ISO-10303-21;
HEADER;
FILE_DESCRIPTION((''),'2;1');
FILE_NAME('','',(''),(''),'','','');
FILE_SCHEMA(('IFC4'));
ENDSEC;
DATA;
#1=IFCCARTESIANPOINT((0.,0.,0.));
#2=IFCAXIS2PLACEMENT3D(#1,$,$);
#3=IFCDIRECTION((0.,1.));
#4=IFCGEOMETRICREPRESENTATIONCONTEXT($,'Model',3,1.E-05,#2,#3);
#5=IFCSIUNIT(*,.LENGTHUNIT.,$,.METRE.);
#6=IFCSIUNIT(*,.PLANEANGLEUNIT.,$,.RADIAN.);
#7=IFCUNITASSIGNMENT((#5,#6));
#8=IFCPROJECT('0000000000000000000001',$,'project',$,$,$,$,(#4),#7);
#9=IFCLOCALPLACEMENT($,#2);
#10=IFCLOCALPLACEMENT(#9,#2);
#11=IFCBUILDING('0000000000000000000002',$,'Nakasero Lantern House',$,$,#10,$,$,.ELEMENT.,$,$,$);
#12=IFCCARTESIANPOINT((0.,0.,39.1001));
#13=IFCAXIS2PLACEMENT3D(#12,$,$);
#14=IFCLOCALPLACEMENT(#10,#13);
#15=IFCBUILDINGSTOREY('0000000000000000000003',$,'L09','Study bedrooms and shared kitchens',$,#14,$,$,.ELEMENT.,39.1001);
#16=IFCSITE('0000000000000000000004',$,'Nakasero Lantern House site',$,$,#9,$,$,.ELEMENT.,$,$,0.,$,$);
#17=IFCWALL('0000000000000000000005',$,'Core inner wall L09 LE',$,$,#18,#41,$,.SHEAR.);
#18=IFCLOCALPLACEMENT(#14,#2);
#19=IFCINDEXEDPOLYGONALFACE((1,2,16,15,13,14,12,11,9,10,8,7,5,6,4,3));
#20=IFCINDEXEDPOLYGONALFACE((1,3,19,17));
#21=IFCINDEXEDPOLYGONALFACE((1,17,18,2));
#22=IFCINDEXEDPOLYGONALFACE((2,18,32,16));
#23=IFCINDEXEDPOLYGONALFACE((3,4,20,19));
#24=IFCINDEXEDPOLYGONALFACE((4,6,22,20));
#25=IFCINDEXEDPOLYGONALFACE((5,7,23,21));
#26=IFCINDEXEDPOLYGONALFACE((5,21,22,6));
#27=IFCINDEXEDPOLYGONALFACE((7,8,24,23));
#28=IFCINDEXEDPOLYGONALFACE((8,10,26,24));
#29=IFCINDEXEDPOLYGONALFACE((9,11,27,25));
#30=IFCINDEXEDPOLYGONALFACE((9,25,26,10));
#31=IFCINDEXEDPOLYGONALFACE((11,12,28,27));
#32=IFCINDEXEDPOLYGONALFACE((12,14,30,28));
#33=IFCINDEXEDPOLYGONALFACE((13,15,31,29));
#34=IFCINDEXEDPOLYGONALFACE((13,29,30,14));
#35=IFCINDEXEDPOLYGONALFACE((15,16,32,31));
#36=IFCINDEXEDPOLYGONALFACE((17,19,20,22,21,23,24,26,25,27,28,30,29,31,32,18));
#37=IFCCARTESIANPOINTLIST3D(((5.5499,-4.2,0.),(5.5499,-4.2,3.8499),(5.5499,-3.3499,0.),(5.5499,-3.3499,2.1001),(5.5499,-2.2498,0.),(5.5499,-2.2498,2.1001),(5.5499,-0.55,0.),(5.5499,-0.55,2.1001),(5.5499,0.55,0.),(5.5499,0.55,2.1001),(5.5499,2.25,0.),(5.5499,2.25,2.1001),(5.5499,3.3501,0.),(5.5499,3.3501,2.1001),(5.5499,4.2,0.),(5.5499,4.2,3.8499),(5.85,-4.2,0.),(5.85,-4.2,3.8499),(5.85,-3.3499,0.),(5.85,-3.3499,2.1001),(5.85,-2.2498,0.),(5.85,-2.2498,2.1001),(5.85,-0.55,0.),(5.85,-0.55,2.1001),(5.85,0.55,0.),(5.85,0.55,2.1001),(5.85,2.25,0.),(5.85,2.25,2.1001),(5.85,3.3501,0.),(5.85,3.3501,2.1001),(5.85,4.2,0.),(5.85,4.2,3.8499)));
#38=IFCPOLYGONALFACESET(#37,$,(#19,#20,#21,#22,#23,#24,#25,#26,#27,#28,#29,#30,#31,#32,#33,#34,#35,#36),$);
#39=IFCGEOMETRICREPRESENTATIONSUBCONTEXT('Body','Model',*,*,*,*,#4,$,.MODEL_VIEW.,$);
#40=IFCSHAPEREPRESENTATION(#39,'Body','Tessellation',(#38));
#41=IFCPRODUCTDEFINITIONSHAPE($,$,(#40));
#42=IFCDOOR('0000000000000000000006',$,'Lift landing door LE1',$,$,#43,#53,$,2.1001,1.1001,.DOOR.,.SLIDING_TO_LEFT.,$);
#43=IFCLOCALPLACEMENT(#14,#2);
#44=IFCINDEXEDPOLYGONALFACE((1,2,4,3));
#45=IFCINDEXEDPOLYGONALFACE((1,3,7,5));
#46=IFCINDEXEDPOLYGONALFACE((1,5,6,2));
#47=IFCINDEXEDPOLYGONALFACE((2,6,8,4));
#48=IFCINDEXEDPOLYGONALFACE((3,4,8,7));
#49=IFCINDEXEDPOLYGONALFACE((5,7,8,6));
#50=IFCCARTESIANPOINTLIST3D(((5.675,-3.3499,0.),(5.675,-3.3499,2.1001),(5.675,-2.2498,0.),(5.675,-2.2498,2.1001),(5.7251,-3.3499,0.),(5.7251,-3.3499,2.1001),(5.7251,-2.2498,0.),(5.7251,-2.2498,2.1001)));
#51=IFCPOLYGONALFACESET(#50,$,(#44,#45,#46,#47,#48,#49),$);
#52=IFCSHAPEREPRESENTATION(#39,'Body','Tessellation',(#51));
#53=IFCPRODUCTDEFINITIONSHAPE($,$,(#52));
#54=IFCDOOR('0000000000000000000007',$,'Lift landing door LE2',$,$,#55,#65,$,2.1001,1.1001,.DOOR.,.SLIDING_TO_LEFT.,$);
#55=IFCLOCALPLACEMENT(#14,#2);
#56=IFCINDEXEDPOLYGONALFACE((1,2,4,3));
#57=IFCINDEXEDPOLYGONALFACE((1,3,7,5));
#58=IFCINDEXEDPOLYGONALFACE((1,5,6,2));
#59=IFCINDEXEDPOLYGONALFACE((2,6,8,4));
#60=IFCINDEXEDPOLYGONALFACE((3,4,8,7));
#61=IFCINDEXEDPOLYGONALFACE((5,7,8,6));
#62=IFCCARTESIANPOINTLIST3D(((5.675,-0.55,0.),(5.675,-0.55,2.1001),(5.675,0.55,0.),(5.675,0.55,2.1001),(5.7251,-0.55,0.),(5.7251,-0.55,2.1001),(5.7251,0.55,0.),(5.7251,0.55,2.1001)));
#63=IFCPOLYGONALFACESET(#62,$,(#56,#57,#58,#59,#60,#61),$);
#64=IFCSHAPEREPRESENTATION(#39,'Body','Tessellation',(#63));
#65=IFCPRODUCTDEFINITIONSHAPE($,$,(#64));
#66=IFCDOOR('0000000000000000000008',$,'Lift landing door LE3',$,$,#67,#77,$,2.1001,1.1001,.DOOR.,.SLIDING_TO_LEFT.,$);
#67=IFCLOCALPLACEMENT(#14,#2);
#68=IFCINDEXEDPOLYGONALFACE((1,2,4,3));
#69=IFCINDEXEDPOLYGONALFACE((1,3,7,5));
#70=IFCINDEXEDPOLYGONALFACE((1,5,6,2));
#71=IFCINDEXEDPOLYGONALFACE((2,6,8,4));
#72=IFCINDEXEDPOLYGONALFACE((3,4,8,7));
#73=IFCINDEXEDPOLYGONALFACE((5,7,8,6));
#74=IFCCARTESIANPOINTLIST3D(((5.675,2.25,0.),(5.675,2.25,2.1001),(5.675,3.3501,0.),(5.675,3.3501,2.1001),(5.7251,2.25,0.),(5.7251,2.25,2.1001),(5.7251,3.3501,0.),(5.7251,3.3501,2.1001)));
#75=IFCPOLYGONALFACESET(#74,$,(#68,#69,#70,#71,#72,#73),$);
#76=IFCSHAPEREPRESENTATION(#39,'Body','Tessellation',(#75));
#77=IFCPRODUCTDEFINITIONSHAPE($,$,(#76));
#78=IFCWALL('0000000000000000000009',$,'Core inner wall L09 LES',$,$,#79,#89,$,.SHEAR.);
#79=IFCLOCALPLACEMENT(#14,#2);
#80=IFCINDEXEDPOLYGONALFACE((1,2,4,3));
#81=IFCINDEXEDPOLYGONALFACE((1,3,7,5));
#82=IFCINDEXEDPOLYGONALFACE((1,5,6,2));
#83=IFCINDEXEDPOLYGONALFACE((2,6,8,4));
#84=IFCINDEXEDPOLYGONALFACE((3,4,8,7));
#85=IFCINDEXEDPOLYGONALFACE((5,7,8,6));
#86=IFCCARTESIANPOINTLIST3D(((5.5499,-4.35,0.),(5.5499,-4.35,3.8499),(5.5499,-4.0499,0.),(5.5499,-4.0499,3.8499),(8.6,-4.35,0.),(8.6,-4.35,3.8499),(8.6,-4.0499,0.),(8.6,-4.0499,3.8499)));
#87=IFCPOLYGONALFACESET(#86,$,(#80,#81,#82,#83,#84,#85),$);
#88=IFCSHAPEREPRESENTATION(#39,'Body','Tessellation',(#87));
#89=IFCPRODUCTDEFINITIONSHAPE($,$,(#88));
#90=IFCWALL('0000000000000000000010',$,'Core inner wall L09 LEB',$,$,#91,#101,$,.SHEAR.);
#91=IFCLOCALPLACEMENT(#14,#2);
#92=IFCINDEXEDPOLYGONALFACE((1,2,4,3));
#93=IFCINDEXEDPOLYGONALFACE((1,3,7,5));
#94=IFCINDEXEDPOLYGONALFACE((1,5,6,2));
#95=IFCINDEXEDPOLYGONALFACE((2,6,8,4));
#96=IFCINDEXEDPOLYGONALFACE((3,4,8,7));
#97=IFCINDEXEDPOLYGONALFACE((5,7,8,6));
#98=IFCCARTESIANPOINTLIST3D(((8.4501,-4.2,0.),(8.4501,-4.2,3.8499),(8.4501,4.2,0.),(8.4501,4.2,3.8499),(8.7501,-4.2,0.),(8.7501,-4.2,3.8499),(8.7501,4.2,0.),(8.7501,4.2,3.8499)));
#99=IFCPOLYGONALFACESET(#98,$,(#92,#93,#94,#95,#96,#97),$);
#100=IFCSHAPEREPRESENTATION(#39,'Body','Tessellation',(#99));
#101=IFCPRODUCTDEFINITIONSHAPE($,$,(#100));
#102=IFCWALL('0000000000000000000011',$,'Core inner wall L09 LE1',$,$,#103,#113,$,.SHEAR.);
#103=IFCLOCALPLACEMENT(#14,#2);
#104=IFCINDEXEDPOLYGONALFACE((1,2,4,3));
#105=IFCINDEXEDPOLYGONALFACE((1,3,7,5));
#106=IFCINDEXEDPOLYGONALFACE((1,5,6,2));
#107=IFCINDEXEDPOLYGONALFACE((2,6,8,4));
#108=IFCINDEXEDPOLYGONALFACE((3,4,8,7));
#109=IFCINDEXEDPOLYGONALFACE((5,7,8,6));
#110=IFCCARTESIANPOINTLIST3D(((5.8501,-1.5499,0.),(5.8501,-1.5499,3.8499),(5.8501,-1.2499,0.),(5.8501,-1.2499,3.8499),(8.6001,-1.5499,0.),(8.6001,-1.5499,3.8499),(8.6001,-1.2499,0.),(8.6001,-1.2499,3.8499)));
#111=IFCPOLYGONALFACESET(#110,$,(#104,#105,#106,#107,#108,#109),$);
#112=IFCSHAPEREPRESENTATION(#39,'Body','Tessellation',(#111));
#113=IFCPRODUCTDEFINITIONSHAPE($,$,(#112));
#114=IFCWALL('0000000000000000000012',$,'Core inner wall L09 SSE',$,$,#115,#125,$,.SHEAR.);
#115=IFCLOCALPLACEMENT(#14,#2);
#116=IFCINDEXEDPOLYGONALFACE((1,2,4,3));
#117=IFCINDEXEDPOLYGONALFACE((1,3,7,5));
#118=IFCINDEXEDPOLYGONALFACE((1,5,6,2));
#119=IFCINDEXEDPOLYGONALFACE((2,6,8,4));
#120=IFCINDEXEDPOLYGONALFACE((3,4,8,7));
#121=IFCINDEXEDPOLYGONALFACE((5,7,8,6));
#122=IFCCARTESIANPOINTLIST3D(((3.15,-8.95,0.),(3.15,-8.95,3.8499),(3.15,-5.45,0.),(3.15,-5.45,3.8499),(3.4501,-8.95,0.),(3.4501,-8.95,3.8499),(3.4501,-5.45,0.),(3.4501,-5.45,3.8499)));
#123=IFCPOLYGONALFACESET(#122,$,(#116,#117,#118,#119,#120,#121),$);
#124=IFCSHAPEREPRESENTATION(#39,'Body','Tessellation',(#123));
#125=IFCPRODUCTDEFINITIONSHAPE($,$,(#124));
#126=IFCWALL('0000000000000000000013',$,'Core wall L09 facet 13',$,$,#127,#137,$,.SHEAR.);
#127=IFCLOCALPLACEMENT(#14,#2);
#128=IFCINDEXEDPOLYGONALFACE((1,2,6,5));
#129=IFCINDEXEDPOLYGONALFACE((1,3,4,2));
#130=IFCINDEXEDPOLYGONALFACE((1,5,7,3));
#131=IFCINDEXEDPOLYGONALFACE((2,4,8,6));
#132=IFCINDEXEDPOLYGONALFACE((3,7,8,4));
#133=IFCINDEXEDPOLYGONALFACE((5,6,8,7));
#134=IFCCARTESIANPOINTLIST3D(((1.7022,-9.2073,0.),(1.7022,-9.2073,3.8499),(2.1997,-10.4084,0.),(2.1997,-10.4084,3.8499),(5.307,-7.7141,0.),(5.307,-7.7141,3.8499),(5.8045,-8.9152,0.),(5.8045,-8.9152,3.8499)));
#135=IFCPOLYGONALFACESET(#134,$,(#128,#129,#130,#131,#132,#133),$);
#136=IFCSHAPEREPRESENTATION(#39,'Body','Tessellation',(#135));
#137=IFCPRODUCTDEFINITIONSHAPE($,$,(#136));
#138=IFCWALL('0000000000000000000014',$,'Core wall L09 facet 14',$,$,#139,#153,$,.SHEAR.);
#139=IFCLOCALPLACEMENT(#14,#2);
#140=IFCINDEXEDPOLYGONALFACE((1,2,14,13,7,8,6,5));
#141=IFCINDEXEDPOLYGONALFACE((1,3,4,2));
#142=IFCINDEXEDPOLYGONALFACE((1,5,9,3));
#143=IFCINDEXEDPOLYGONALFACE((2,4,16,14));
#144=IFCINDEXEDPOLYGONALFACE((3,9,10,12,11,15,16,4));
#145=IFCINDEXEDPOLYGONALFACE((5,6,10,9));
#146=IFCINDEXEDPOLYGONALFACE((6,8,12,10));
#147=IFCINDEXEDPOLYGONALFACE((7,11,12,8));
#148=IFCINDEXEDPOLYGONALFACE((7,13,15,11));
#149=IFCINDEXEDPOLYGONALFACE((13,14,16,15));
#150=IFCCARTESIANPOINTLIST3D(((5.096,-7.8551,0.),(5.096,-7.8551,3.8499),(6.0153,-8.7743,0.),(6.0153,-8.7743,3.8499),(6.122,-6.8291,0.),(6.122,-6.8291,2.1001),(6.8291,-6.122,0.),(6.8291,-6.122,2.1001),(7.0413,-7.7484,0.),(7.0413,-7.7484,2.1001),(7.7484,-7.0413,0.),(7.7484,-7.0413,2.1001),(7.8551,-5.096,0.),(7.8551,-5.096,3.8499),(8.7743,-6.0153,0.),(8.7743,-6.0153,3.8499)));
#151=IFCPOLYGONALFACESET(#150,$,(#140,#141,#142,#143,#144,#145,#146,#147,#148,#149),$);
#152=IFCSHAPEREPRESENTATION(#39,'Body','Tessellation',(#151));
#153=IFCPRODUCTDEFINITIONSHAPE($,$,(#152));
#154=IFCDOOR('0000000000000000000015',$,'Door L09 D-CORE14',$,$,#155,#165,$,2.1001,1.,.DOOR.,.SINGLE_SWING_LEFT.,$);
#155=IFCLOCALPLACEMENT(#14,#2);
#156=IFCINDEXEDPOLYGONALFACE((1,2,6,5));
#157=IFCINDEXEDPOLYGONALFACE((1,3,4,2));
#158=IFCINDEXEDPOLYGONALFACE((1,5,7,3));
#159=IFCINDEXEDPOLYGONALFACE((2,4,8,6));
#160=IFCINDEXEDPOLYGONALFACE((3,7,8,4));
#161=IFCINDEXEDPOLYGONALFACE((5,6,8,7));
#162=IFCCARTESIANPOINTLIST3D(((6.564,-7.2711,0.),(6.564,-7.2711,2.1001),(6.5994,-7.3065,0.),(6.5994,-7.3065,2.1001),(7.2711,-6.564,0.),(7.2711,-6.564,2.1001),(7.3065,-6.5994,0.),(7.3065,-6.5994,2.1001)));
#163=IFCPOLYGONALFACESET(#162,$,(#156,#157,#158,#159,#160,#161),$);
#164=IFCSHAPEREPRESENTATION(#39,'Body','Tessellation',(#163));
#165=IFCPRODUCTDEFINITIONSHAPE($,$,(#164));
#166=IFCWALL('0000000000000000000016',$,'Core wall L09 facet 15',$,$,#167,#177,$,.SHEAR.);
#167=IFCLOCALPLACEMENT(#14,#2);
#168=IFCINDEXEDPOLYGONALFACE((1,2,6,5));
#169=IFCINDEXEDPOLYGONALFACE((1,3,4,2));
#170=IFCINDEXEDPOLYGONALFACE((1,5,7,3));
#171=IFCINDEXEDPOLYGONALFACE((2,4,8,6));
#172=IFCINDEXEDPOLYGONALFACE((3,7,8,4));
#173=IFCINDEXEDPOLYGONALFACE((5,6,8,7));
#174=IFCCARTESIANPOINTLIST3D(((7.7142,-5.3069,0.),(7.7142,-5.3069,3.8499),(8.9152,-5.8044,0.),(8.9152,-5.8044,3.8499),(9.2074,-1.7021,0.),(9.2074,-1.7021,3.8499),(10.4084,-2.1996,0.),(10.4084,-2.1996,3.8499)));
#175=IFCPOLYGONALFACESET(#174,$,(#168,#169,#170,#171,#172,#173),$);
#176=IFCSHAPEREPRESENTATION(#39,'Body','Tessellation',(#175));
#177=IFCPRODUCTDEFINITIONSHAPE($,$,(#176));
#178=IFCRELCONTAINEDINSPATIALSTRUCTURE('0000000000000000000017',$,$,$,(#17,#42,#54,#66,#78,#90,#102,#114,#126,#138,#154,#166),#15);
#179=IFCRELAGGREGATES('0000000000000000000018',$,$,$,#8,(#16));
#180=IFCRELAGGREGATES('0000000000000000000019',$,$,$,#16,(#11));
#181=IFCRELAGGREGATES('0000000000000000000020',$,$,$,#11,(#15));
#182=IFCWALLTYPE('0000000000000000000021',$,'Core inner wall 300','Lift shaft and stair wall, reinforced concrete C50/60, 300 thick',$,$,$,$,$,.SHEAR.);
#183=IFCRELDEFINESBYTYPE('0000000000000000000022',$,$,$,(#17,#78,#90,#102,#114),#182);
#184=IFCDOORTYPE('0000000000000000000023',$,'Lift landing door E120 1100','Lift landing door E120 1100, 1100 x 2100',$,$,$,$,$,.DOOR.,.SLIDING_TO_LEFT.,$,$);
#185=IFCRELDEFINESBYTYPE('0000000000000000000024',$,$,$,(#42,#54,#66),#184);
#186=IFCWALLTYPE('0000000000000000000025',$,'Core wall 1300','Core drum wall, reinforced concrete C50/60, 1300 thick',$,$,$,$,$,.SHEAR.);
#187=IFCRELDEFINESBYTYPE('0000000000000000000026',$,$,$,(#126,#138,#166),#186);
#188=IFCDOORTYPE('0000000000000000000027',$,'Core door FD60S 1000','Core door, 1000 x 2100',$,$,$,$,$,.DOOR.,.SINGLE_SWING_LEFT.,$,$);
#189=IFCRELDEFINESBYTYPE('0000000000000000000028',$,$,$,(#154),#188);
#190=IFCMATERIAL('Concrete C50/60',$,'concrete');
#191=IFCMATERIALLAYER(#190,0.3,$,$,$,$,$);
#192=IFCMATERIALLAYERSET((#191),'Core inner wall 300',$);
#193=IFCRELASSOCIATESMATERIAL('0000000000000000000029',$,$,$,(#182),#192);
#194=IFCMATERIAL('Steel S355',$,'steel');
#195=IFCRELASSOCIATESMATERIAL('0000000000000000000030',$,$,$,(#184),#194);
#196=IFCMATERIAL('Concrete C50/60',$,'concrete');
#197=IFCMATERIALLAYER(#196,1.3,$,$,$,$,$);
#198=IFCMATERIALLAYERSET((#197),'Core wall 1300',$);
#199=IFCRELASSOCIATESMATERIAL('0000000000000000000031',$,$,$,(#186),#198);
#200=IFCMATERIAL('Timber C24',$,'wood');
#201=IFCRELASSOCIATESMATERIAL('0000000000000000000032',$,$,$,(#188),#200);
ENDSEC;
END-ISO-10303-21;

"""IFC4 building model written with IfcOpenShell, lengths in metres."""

from ifc_helpers import new_model, si_unit, direction, frame, frame_2d, origin, place, context, subcontext, project, spatial, rectangle, extrude, material, layer, layer_set, type_object, element, fill, save


model = new_model("IFC4")

# Units and contexts
model_context = context("Model", 3, precision=1e-05, world=origin(), true_north=direction((0.0, 1.0)))
body_context = subcontext(model_context, "Body", "Model", "MODEL_VIEW")
ifc_project = project(units=[si_unit("LENGTHUNIT", "METRE"), si_unit("PLANEANGLEUNIT", "RADIAN")], contexts=[model_context])

# Site, building, storey
site_placement = place(None, origin())
site = spatial("IfcSite", under=ifc_project, at=site_placement, Name="Nakasero Lantern House site", CompositionType="ELEMENT", RefElevation=0.0)
building_placement = place(site_placement, origin())
building = spatial("IfcBuilding", under=site, at=building_placement, Name="Nakasero Lantern House", CompositionType="ELEMENT")
storey_placement = place(building_placement, frame((0.0, 0.0, 39.1001)))
storey = spatial("IfcBuildingStorey", under=building, at=storey_placement, Name="L09", Description="Study bedrooms and shared kitchens", CompositionType="ELEMENT", Elevation=39.1001)

# Wall, openings, doors
ifc_material_1 = material(Name="Concrete C50/60", Category="concrete")
ifc_layer_1 = layer(ifc_material_1, 0.3)
ifc_layer_set_1 = layer_set([ifc_layer_1], Name="Core inner wall 300")
wall_type_1 = type_object("IfcWallType", Name="Core inner wall 300", Description="Lift shaft and stair wall, reinforced concrete C50/60, 300 thick", PredefinedType="SHEAR", material=ifc_layer_set_1)
wall_1_placement = place(storey_placement, frame((5.7, -4.2, 0.0), z_axis=(0.0, 0.0, 1.0), x_axis=(0.0, 1.0, 0.0)))
wall_1 = element("IfcWall", 1, at=wall_1_placement, inside=storey, type_object=wall_type_1, Name="Core inner wall L09 LE", PredefinedType="SHEAR", context=body_context, shape_type="SweptSolid", body=[
    extrude(rectangle(XDim=8.3999, YDim=0.3, at=frame_2d((4.2, 0.0))), origin(), (0.0, 0.0, 1.0), 3.8499),
])
opening_1_placement = place(wall_1_placement, frame((0.8501, 0.0, 0.0)))
opening_1 = element("IfcOpeningElement", 2, at=opening_1_placement, cuts=wall_1, PredefinedType="OPENING", context=body_context, shape_type="SweptSolid", body=[
    extrude(rectangle(XDim=1.1001, YDim=2.1001, at=frame_2d((0.55, 1.05))), frame((0.0, 0.1699, 0.0), z_axis=(0.0, -1.0, 0.0), x_axis=(1.0, 0.0, 0.0)), (0.0, 0.0, 1.0), 0.3401),
])
opening_2_placement = place(wall_1_placement, frame((3.6499, 0.0, 0.0)))
opening_2 = element("IfcOpeningElement", 3, at=opening_2_placement, cuts=wall_1, PredefinedType="OPENING", context=body_context, shape_type="SweptSolid", body=[
    extrude(rectangle(XDim=1.1001, YDim=2.1001, at=frame_2d((0.55, 1.05))), frame((0.0, 0.1699, 0.0), z_axis=(0.0, -1.0, 0.0), x_axis=(1.0, 0.0, 0.0)), (0.0, 0.0, 1.0), 0.3401),
])
opening_3_placement = place(wall_1_placement, frame((6.45, 0.0, 0.0)))
opening_3 = element("IfcOpeningElement", 4, at=opening_3_placement, cuts=wall_1, PredefinedType="OPENING", context=body_context, shape_type="SweptSolid", body=[
    extrude(rectangle(XDim=1.1001, YDim=2.1001, at=frame_2d((0.55, 1.05))), frame((0.0, 0.1699, 0.0), z_axis=(0.0, -1.0, 0.0), x_axis=(1.0, 0.0, 0.0)), (0.0, 0.0, 1.0), 0.3401),
])
ifc_material_2 = material(Name="Steel S355", Category="steel")
door_type_1 = type_object("IfcDoorType", Name="Lift landing door E120 1100", Description="Lift landing door E120 1100, 1100 x 2100", OperationType="SLIDING_TO_LEFT", PredefinedType="DOOR", material=ifc_material_2)
door_1_placement = place(opening_1_placement, origin())
door_1 = element("IfcDoor", 5, at=door_1_placement, inside=storey, type_object=door_type_1, Name="Lift landing door LE1", OperationType="SLIDING_TO_LEFT", OverallHeight=2.1001, OverallWidth=1.1001, PredefinedType="DOOR", context=body_context, shape_type="SweptSolid", body=[
    extrude(rectangle(XDim=1.1001, YDim=2.1001, at=frame_2d((0.55, 1.05))), frame((0.0, 0.0249, 0.0), z_axis=(0.0, -1.0, 0.0), x_axis=(1.0, 0.0, 0.0)), (0.0, 0.0, 1.0), 0.05),
])
fill(opening_1, door_1)
door_2_placement = place(opening_2_placement, origin())
door_2 = element("IfcDoor", 6, at=door_2_placement, inside=storey, type_object=door_type_1, Name="Lift landing door LE2", OperationType="SLIDING_TO_LEFT", OverallHeight=2.1001, OverallWidth=1.1001, PredefinedType="DOOR", context=body_context, shape_type="SweptSolid", body=[
    extrude(rectangle(XDim=1.1001, YDim=2.1001, at=frame_2d((0.55, 1.05))), frame((0.0, 0.0249, 0.0), z_axis=(0.0, -1.0, 0.0), x_axis=(1.0, 0.0, 0.0)), (0.0, 0.0, 1.0), 0.05),
])
fill(opening_2, door_2)
door_3_placement = place(opening_3_placement, origin())
door_3 = element("IfcDoor", 7, at=door_3_placement, inside=storey, type_object=door_type_1, Name="Lift landing door LE3", OperationType="SLIDING_TO_LEFT", OverallHeight=2.1001, OverallWidth=1.1001, PredefinedType="DOOR", context=body_context, shape_type="SweptSolid", body=[
    extrude(rectangle(XDim=1.1001, YDim=2.1001, at=frame_2d((0.55, 1.05))), frame((0.0, 0.0249, 0.0), z_axis=(0.0, -1.0, 0.0), x_axis=(1.0, 0.0, 0.0)), (0.0, 0.0, 1.0), 0.05),
])
fill(opening_3, door_3)

# Walls
wall_2_placement = place(storey_placement, frame((5.55, -4.2, 0.0), z_axis=(0.0, 0.0, 1.0), x_axis=(1.0, 0.0, 0.0)))
element("IfcWall", 8, at=wall_2_placement, inside=storey, type_object=wall_type_1, Name="Core inner wall L09 LES", PredefinedType="SHEAR", context=body_context, shape_type="SweptSolid", body=[
    extrude(rectangle(XDim=3.05, YDim=0.3, at=frame_2d((1.5249, 0.0))), origin(), (0.0, 0.0, 1.0), 3.8499),
])
wall_3_placement = place(storey_placement, frame((8.6001, -4.2, 0.0), z_axis=(0.0, 0.0, 1.0), x_axis=(0.0, 1.0, 0.0)))
element("IfcWall", 9, at=wall_3_placement, inside=storey, type_object=wall_type_1, Name="Core inner wall L09 LEB", PredefinedType="SHEAR", context=body_context, shape_type="SweptSolid", body=[
    extrude(rectangle(XDim=8.3999, YDim=0.3, at=frame_2d((4.2, 0.0))), origin(), (0.0, 0.0, 1.0), 3.8499),
])
wall_4_placement = place(storey_placement, frame((5.8501, -1.3999, 0.0), z_axis=(0.0, 0.0, 1.0), x_axis=(1.0, 0.0, 0.0)))
element("IfcWall", 10, at=wall_4_placement, inside=storey, type_object=wall_type_1, Name="Core inner wall L09 LE1", PredefinedType="SHEAR", context=body_context, shape_type="SweptSolid", body=[
    extrude(rectangle(XDim=2.75, YDim=0.3, at=frame_2d((1.375, 0.0))), origin(), (0.0, 0.0, 1.0), 3.8499),
])
wall_5_placement = place(storey_placement, frame((3.3, -5.45, 0.0), z_axis=(0.0, 0.0, 1.0), x_axis=(0.0, -1.0, 0.0)))
element("IfcWall", 11, at=wall_5_placement, inside=storey, type_object=wall_type_1, Name="Core inner wall L09 SSE", PredefinedType="SHEAR", context=body_context, shape_type="SweptSolid", body=[
    extrude(rectangle(XDim=3.5, YDim=0.3, at=frame_2d((1.75, 0.0))), origin(), (0.0, 0.0, 1.0), 3.8499),
])
ifc_material_3 = material(Name="Concrete C50/60", Category="concrete")
ifc_layer_2 = layer(ifc_material_3, 1.3)
ifc_layer_set_2 = layer_set([ifc_layer_2], Name="Core wall 1300")
wall_type_2 = type_object("IfcWallType", Name="Core wall 1300", Description="Core drum wall, reinforced concrete C50/60, 1300 thick", PredefinedType="SHEAR", material=ifc_layer_set_2)
wall_6_placement = place(storey_placement, frame((1.9509, -9.8079, 0.0), z_axis=(0.0, 0.0, 1.0), x_axis=(0.923877, 0.382691, 0.0)))
element("IfcWall", 12, at=wall_6_placement, inside=storey, type_object=wall_type_2, Name="Core wall L09 facet 13", PredefinedType="SHEAR", context=body_context, shape_type="SweptSolid", body=[
    extrude(rectangle(XDim=3.9019, YDim=1.3, at=frame_2d((1.9509, 0.0))), origin(), (0.0, 0.0, 1.0), 3.8499),
])

# Wall, opening, door
wall_7_placement = place(storey_placement, frame((5.5557, -8.3147, 0.0), z_axis=(0.0, 0.0, 1.0), x_axis=(0.707107, 0.707107, 0.0)))
wall_7 = element("IfcWall", 13, at=wall_7_placement, inside=storey, type_object=wall_type_2, Name="Core wall L09 facet 14", PredefinedType="SHEAR", context=body_context, shape_type="SweptSolid", body=[
    extrude(rectangle(XDim=3.9019, YDim=1.3, at=frame_2d((1.9509, 0.0))), origin(), (0.0, 0.0, 1.0), 3.8499),
])
opening_4_placement = place(wall_7_placement, frame((1.4509, 0.0, 0.0)))
opening_4 = element("IfcOpeningElement", 14, at=opening_4_placement, cuts=wall_7, PredefinedType="OPENING", context=body_context, shape_type="SweptSolid", body=[
    extrude(rectangle(XDim=1.0, YDim=2.1001, at=frame_2d((0.5, 1.05))), frame((0.0, 0.6699, 0.0), z_axis=(0.0, -1.0, 0.0), x_axis=(1.0, 0.0, 0.0)), (0.0, 0.0, 1.0), 1.3401),
])
ifc_material_4 = material(Name="Timber C24", Category="wood")
door_type_2 = type_object("IfcDoorType", Name="Core door FD60S 1000", Description="Core door, 1000 x 2100", OperationType="SINGLE_SWING_LEFT", PredefinedType="DOOR", material=ifc_material_4)
door_4_placement = place(opening_4_placement, origin())
door_4 = element("IfcDoor", 15, at=door_4_placement, inside=storey, type_object=door_type_2, Name="Door L09 D-CORE14", OperationType="SINGLE_SWING_LEFT", OverallHeight=2.1001, OverallWidth=1.0, PredefinedType="DOOR", context=body_context, shape_type="SweptSolid", body=[
    extrude(rectangle(XDim=1.0, YDim=2.1001, at=frame_2d((0.5, 1.05))), frame((0.0, 0.0249, 0.0), z_axis=(0.0, -1.0, 0.0), x_axis=(1.0, 0.0, 0.0)), (0.0, 0.0, 1.0), 0.05),
])
fill(opening_4, door_4)

# Wall
for number, where, z_axis, x_axis, name in (
    (16, (8.3147, -5.5557, 0.0), (0.0, 0.0, 1.0), (0.382691, 0.923877, 0.0), "Core wall L09 facet 15"),
):
    element("IfcWall", number, at=place(storey_placement, frame(where, z_axis=z_axis, x_axis=x_axis)), inside=storey, type_object=wall_type_2, Name=name, PredefinedType="SHEAR", context=body_context, shape_type="SweptSolid", body=[
        extrude(rectangle(XDim=3.9019, YDim=1.3, at=frame_2d((1.9509, 0.0))), origin(), (0.0, 0.0, 1.0), 3.8499),
    ])

save(model, "model.ifc")
